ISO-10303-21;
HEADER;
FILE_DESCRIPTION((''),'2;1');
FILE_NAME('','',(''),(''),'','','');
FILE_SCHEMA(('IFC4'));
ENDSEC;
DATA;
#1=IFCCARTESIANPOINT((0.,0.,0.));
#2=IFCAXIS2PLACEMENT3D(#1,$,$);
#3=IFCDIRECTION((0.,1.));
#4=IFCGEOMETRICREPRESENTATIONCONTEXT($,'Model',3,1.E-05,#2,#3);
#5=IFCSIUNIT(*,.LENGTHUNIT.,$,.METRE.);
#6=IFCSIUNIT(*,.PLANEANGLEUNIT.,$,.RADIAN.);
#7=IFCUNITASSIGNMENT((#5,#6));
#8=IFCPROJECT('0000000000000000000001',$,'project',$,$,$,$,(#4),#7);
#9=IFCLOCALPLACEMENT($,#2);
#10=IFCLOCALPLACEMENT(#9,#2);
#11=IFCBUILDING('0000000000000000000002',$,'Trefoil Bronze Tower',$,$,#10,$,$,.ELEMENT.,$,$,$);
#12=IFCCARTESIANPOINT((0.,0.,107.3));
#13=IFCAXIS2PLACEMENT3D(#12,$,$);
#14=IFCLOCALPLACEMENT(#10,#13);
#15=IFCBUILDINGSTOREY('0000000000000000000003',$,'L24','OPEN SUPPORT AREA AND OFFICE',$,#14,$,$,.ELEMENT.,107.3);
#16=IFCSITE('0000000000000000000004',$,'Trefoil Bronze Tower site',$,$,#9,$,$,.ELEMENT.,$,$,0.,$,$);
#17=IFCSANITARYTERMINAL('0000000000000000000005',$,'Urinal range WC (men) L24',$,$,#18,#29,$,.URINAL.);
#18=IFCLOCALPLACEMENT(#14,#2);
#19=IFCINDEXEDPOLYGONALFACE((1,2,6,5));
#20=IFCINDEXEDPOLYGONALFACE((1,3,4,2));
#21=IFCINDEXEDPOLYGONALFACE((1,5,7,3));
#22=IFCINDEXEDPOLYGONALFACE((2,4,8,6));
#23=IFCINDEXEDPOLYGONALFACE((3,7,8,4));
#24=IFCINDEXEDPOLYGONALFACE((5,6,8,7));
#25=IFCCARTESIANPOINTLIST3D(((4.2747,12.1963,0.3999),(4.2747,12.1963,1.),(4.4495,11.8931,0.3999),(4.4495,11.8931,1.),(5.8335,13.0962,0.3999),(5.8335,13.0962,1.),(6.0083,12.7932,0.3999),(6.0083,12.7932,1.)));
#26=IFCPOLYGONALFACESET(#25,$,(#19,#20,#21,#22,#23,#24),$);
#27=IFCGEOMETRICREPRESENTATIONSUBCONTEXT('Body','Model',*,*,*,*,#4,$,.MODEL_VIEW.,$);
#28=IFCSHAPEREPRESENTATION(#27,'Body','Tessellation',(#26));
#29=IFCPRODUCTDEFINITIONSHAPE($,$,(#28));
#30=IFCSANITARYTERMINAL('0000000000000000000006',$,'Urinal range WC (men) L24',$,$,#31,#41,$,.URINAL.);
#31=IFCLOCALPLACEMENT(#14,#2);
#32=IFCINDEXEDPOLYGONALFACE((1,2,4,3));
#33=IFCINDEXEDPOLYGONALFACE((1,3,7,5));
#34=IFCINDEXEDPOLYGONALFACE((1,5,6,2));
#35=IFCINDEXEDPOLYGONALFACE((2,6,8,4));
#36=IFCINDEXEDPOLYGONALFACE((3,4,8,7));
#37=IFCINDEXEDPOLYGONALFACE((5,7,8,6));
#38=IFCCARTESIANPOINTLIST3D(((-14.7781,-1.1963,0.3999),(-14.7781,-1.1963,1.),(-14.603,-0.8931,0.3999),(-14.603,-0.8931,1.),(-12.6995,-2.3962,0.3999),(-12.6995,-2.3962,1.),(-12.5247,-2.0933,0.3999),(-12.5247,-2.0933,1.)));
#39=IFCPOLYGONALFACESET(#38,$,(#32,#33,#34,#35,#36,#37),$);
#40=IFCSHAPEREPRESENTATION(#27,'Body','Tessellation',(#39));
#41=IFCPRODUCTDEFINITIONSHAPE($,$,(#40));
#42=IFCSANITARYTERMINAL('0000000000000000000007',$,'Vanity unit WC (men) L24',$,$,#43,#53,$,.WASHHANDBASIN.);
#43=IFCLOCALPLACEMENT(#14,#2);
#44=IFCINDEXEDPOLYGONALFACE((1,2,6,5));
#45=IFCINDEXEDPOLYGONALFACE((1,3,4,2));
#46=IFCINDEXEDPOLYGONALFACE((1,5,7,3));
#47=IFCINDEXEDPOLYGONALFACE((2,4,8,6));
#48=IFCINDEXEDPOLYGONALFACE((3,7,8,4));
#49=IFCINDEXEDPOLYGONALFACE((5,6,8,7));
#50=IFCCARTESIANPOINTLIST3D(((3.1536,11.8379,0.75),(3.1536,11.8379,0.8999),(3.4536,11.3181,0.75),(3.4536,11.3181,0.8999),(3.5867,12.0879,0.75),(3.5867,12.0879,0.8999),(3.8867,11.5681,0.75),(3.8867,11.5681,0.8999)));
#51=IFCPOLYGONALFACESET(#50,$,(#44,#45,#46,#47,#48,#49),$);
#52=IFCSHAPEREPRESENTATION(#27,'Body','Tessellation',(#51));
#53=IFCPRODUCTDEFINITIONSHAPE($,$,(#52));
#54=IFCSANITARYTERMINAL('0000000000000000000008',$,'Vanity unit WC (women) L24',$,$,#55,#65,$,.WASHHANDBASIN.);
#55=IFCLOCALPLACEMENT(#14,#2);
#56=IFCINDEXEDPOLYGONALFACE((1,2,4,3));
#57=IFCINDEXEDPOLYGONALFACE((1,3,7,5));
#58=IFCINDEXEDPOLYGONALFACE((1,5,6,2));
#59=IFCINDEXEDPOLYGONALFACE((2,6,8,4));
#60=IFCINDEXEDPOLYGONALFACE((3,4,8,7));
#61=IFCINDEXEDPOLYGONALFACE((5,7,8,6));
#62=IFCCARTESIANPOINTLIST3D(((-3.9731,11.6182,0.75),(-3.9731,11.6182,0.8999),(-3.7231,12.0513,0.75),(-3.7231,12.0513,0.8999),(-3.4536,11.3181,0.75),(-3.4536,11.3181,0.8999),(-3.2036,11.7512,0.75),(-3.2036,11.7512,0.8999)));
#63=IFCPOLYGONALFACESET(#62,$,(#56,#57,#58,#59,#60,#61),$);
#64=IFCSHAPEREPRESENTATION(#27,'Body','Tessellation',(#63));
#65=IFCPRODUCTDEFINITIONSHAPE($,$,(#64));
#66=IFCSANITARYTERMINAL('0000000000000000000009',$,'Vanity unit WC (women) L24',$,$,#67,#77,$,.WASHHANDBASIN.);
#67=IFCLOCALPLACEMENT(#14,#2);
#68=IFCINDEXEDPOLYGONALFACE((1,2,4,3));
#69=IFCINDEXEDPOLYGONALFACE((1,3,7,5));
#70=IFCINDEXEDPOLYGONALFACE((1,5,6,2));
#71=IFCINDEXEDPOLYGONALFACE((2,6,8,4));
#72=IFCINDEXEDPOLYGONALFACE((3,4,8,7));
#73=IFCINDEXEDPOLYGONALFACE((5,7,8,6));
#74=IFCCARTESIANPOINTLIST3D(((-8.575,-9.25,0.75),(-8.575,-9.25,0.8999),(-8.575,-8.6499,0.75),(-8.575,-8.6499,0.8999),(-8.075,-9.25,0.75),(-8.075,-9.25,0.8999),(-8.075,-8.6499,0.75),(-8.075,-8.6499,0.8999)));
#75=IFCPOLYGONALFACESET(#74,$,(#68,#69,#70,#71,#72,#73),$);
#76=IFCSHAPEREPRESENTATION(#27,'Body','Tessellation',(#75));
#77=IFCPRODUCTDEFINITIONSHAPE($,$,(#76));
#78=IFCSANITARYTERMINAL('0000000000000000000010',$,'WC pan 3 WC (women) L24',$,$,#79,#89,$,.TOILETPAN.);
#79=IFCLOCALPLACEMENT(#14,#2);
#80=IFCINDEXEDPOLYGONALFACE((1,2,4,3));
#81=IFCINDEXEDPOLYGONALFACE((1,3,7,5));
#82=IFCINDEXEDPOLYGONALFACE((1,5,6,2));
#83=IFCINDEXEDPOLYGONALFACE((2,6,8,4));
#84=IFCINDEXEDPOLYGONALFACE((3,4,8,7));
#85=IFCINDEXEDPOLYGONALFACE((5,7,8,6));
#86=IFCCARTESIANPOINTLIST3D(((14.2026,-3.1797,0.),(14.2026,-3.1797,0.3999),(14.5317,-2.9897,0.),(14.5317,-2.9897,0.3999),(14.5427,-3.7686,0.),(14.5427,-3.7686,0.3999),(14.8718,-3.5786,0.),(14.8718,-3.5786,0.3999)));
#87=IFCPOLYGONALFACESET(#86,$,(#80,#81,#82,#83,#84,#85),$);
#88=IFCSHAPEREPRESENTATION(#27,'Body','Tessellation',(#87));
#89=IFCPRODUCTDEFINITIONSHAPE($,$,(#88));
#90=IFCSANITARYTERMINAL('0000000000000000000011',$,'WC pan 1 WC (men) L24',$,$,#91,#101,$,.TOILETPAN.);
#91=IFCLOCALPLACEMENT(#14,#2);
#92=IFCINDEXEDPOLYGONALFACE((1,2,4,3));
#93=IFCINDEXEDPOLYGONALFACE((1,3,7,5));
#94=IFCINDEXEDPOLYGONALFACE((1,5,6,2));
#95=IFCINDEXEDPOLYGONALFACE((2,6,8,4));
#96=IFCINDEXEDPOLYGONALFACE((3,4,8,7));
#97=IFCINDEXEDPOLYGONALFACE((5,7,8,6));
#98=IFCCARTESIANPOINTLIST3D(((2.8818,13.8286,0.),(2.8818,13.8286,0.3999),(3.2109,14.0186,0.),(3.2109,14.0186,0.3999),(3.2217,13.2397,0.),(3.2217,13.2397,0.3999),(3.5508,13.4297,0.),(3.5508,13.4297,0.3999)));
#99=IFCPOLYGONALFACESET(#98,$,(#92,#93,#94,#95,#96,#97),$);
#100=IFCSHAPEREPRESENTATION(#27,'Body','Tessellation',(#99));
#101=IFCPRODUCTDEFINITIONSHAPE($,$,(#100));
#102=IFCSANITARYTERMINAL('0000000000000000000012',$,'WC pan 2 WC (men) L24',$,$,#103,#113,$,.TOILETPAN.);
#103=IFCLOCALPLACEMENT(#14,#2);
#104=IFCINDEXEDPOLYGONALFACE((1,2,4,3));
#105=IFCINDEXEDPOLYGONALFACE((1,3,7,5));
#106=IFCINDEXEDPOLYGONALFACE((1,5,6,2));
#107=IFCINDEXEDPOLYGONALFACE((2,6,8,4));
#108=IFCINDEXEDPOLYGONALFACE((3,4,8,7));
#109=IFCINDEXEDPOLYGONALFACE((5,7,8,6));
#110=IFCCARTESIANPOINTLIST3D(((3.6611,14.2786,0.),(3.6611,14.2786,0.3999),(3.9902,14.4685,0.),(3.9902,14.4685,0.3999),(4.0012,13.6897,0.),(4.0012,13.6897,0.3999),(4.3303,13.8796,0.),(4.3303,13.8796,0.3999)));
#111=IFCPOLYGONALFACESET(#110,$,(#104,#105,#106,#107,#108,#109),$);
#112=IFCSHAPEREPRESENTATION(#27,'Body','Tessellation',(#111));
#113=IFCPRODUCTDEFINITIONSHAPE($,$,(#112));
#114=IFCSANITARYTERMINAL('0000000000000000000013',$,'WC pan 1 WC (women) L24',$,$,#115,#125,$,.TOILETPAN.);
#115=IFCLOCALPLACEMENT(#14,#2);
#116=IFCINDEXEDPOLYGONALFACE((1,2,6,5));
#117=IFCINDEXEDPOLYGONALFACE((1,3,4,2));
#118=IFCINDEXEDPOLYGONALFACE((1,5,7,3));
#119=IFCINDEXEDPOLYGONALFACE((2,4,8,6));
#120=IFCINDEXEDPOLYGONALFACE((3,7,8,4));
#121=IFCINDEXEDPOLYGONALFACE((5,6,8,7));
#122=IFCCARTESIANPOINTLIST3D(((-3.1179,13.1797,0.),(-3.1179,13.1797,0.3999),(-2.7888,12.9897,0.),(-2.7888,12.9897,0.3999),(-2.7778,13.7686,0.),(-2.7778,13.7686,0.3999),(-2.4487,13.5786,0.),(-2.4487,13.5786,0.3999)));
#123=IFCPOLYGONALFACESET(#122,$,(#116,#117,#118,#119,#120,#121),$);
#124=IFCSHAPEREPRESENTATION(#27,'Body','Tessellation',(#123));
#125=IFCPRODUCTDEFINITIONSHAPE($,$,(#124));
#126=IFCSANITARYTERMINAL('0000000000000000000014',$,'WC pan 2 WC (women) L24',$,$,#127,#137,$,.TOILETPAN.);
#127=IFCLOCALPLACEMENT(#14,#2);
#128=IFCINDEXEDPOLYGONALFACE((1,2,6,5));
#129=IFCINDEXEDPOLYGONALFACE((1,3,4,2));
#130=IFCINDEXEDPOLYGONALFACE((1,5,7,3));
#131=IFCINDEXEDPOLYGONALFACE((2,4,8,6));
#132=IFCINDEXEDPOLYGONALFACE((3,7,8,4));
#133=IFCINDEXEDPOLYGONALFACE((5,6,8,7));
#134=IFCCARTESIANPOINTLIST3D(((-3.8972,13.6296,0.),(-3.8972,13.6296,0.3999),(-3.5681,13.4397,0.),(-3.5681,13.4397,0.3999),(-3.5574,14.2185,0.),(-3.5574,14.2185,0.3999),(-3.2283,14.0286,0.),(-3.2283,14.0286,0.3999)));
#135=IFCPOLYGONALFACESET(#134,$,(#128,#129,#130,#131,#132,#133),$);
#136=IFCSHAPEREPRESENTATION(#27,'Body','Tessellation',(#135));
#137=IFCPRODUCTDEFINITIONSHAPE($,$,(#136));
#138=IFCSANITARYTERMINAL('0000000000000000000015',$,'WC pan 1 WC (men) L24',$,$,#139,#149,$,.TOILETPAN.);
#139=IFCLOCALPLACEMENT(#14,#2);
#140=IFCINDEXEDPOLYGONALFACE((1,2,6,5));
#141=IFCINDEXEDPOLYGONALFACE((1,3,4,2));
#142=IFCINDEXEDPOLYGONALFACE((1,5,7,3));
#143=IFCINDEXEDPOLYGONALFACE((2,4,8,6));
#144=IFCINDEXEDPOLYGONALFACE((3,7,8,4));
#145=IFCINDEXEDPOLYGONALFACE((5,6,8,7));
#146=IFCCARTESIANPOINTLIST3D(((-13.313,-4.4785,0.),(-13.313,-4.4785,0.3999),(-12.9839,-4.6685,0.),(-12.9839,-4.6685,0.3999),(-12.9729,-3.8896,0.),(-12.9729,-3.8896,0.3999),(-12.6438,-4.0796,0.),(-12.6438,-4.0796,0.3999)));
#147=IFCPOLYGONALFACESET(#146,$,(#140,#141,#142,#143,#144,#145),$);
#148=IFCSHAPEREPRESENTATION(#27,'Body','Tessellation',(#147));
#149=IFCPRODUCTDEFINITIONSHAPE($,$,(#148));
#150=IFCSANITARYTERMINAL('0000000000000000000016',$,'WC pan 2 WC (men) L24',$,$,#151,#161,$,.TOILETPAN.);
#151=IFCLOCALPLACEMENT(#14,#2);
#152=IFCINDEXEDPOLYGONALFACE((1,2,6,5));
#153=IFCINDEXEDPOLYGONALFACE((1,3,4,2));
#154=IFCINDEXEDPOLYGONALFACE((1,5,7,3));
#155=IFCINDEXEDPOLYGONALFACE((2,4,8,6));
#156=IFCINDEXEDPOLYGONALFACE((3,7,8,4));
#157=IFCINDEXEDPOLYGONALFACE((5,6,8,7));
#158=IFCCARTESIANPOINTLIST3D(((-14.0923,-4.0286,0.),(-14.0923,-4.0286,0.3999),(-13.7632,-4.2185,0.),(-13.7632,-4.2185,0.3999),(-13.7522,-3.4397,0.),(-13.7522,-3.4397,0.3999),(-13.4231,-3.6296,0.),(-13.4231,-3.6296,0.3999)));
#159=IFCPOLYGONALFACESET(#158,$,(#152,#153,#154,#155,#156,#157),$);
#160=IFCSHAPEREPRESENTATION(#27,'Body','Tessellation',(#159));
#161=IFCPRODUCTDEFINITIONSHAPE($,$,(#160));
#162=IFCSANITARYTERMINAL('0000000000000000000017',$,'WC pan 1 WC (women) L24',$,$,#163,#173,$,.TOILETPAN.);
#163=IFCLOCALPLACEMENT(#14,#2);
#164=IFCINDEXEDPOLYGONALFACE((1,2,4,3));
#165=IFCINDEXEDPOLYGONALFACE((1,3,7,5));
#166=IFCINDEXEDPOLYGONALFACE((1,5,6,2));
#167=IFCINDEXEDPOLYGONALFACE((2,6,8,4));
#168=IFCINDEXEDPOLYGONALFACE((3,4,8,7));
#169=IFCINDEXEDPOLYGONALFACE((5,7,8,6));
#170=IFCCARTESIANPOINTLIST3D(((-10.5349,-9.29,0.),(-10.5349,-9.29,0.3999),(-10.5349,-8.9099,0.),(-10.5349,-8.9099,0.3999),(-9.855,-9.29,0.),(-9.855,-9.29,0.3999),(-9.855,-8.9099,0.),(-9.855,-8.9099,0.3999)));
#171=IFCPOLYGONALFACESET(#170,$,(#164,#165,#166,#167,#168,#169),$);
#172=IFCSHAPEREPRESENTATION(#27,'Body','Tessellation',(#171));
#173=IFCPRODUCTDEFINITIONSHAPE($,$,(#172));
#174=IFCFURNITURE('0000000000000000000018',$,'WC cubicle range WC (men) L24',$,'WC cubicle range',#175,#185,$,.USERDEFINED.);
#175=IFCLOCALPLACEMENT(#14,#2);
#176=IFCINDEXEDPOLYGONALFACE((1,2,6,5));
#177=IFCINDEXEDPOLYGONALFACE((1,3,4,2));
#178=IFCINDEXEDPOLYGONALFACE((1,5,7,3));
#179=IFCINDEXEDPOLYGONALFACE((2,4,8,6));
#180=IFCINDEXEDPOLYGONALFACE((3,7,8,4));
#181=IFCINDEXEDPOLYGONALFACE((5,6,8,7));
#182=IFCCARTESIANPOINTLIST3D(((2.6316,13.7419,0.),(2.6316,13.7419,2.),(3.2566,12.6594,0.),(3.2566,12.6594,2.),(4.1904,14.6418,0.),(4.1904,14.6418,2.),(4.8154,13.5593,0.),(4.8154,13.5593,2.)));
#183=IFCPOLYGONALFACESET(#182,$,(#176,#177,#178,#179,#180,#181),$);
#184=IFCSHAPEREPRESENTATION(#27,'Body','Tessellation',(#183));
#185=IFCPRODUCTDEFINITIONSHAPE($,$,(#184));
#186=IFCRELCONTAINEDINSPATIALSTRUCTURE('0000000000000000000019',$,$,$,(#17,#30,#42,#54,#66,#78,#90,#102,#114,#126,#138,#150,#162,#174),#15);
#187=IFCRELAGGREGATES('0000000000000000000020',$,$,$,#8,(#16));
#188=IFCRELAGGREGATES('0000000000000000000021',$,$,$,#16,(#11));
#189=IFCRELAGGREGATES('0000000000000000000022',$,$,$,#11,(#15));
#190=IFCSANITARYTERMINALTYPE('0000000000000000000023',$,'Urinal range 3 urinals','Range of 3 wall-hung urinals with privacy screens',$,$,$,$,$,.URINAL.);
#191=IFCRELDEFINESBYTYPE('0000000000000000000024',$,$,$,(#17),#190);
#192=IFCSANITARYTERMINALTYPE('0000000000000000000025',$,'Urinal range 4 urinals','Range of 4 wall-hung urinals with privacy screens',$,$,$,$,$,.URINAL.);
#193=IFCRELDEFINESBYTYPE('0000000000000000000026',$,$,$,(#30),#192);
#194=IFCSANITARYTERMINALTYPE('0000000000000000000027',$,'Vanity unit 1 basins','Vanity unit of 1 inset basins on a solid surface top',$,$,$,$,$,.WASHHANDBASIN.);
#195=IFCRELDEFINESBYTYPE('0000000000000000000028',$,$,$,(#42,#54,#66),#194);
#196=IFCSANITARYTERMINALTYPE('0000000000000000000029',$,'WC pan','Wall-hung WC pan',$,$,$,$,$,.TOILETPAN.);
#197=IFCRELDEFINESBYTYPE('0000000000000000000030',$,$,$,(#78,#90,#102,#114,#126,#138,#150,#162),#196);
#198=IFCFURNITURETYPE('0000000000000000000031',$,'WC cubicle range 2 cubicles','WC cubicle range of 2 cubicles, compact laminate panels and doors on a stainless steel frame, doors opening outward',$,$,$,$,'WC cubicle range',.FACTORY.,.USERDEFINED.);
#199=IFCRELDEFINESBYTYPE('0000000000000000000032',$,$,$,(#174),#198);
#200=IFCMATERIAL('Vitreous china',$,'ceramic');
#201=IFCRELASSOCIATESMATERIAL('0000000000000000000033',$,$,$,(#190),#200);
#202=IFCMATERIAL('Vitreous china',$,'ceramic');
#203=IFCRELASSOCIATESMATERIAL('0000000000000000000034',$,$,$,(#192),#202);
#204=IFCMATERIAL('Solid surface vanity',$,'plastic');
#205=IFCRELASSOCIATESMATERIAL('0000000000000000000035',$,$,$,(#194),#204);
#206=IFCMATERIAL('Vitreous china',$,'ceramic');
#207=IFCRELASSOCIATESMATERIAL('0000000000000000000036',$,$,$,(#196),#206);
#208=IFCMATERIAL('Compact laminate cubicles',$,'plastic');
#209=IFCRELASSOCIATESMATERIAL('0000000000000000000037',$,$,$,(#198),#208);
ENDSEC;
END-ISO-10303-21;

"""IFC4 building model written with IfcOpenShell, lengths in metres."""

from ifc_helpers import new_model, si_unit, direction, frame, origin, place, context, subcontext, project, spatial, polyline, outline, extrude, material, type_object, element, save


model = new_model("IFC4")

# Units and contexts
model_context = context("Model", 3, precision=1e-05, world=origin(), true_north=direction((0.0, 1.0)))
body_context = subcontext(model_context, "Body", "Model", "MODEL_VIEW")
ifc_project = project(units=[si_unit("LENGTHUNIT", "METRE"), si_unit("PLANEANGLEUNIT", "RADIAN")], contexts=[model_context])

# Site, building, storey
site_placement = place(None, origin())
site = spatial("IfcSite", under=ifc_project, at=site_placement, Name="Trefoil Bronze Tower site", CompositionType="ELEMENT", RefElevation=0.0)
building_placement = place(site_placement, origin())
building = spatial("IfcBuilding", under=site, at=building_placement, Name="Trefoil Bronze Tower", CompositionType="ELEMENT")
storey_placement = place(building_placement, frame((0.0, 0.0, 107.3)))
storey = spatial("IfcBuildingStorey", under=building, at=storey_placement, Name="L24", Description="OPEN SUPPORT AREA AND OFFICE", CompositionType="ELEMENT", Elevation=107.3)

# Sanitary terminals
ifc_material_1 = material(Name="Vitreous china", Category="ceramic")
sanitary_terminal_type_1 = type_object("IfcSanitaryTerminalType", Name="Urinal range 3 urinals", Description="Range of 3 wall-hung urinals with privacy screens", PredefinedType="URINAL", material=ifc_material_1)
sanitary_terminal_1_placement = place(storey_placement, frame((0.0, 0.0, 0.3999)))
element("IfcSanitaryTerminal", 1, at=sanitary_terminal_1_placement, inside=storey, type_object=sanitary_terminal_type_1, Name="Urinal range WC (men) L24", PredefinedType="URINAL", context=body_context, shape_type="SweptSolid", body=[
    extrude(outline(polyline([(4.4495, 11.8931), (4.2747, 12.1963), (5.8335, 13.0962), (6.0083, 12.7932), (4.4495, 11.8931)])), origin(), (0.0, 0.0, 1.0), 0.6001),
])
ifc_material_2 = material(Name="Vitreous china", Category="ceramic")
sanitary_terminal_type_2 = type_object("IfcSanitaryTerminalType", Name="Urinal range 4 urinals", Description="Range of 4 wall-hung urinals with privacy screens", PredefinedType="URINAL", material=ifc_material_2)
sanitary_terminal_2_placement = place(storey_placement, frame((0.0, 0.0, 0.3999)))
element("IfcSanitaryTerminal", 2, at=sanitary_terminal_2_placement, inside=storey, type_object=sanitary_terminal_type_2, Name="Urinal range WC (men) L24", PredefinedType="URINAL", context=body_context, shape_type="SweptSolid", body=[
    extrude(outline(polyline([(-12.5247, -2.0933), (-12.6995, -2.3962), (-14.7781, -1.1963), (-14.603, -0.8931), (-12.5247, -2.0933)])), origin(), (0.0, 0.0, 1.0), 0.6001),
])
ifc_material_3 = material(Name="Solid surface vanity", Category="plastic")
sanitary_terminal_type_3 = type_object("IfcSanitaryTerminalType", Name="Vanity unit 1 basins", Description="Vanity unit of 1 inset basins on a solid surface top", PredefinedType="WASHHANDBASIN", material=ifc_material_3)
sanitary_terminal_3_placement = place(storey_placement, frame((0.0, 0.0, 0.75)))
element("IfcSanitaryTerminal", 3, at=sanitary_terminal_3_placement, inside=storey, type_object=sanitary_terminal_type_3, Name="Vanity unit WC (men) L24", PredefinedType="WASHHANDBASIN", context=body_context, shape_type="SweptSolid", body=[
    extrude(outline(polyline([(3.4536, 11.3181), (3.1536, 11.8379), (3.5867, 12.0879), (3.8867, 11.5681), (3.4536, 11.3181)])), origin(), (0.0, 0.0, 1.0), 0.1499),
])
sanitary_terminal_4_placement = place(storey_placement, frame((0.0, 0.0, 0.75)))
element("IfcSanitaryTerminal", 4, at=sanitary_terminal_4_placement, inside=storey, type_object=sanitary_terminal_type_3, Name="Vanity unit WC (women) L24", PredefinedType="WASHHANDBASIN", context=body_context, shape_type="SweptSolid", body=[
    extrude(outline(polyline([(-3.4536, 11.3181), (-3.2036, 11.7512), (-3.7231, 12.0513), (-3.9731, 11.6182), (-3.4536, 11.3181)])), origin(), (0.0, 0.0, 1.0), 0.1499),
])
sanitary_terminal_5_placement = place(storey_placement, frame((0.0, 0.0, 0.75)))
element("IfcSanitaryTerminal", 5, at=sanitary_terminal_5_placement, inside=storey, type_object=sanitary_terminal_type_3, Name="Vanity unit WC (women) L24", PredefinedType="WASHHANDBASIN", context=body_context, shape_type="SweptSolid", body=[
    extrude(outline(polyline([(-8.075, -8.6499), (-8.575, -8.6499), (-8.575, -9.25), (-8.075, -9.25), (-8.075, -8.6499)])), origin(), (0.0, 0.0, 1.0), 0.1499),
])
ifc_material_4 = material(Name="Vitreous china", Category="ceramic")
sanitary_terminal_type_4 = type_object("IfcSanitaryTerminalType", Name="WC pan", Description="Wall-hung WC pan", PredefinedType="TOILETPAN", material=ifc_material_4)
sanitary_terminal_6_placement = place(storey_placement, origin())
element("IfcSanitaryTerminal", 6, at=sanitary_terminal_6_placement, inside=storey, type_object=sanitary_terminal_type_4, Name="WC pan 3 WC (women) L24", PredefinedType="TOILETPAN", context=body_context, shape_type="SweptSolid", body=[
    extrude(outline(polyline([(14.2026, -3.1797), (14.5427, -3.7686), (14.8718, -3.5786), (14.5317, -2.9897), (14.2026, -3.1797)])), origin(), (0.0, 0.0, 1.0), 0.3999),
])
sanitary_terminal_7_placement = place(storey_placement, origin())
element("IfcSanitaryTerminal", 7, at=sanitary_terminal_7_placement, inside=storey, type_object=sanitary_terminal_type_4, Name="WC pan 1 WC (men) L24", PredefinedType="TOILETPAN", context=body_context, shape_type="SweptSolid", body=[
    extrude(outline(polyline([(3.2217, 13.2397), (2.8818, 13.8286), (3.2109, 14.0186), (3.5508, 13.4297), (3.2217, 13.2397)])), origin(), (0.0, 0.0, 1.0), 0.3999),
])
sanitary_terminal_8_placement = place(storey_placement, origin())
element("IfcSanitaryTerminal", 8, at=sanitary_terminal_8_placement, inside=storey, type_object=sanitary_terminal_type_4, Name="WC pan 2 WC (men) L24", PredefinedType="TOILETPAN", context=body_context, shape_type="SweptSolid", body=[
    extrude(outline(polyline([(4.0012, 13.6897), (3.6611, 14.2786), (3.9902, 14.4685), (4.3303, 13.8796), (4.0012, 13.6897)])), origin(), (0.0, 0.0, 1.0), 0.3999),
])
sanitary_terminal_9_placement = place(storey_placement, origin())
element("IfcSanitaryTerminal", 9, at=sanitary_terminal_9_placement, inside=storey, type_object=sanitary_terminal_type_4, Name="WC pan 1 WC (women) L24", PredefinedType="TOILETPAN", context=body_context, shape_type="SweptSolid", body=[
    extrude(outline(polyline([(-2.7888, 12.9897), (-2.4487, 13.5786), (-2.7778, 13.7686), (-3.1179, 13.1797), (-2.7888, 12.9897)])), origin(), (0.0, 0.0, 1.0), 0.3999),
])
sanitary_terminal_10_placement = place(storey_placement, origin())
element("IfcSanitaryTerminal", 10, at=sanitary_terminal_10_placement, inside=storey, type_object=sanitary_terminal_type_4, Name="WC pan 2 WC (women) L24", PredefinedType="TOILETPAN", context=body_context, shape_type="SweptSolid", body=[
    extrude(outline(polyline([(-3.5681, 13.4397), (-3.2283, 14.0286), (-3.5574, 14.2185), (-3.8972, 13.6296), (-3.5681, 13.4397)])), origin(), (0.0, 0.0, 1.0), 0.3999),
])
sanitary_terminal_11_placement = place(storey_placement, origin())
element("IfcSanitaryTerminal", 11, at=sanitary_terminal_11_placement, inside=storey, type_object=sanitary_terminal_type_4, Name="WC pan 1 WC (men) L24", PredefinedType="TOILETPAN", context=body_context, shape_type="SweptSolid", body=[
    extrude(outline(polyline([(-12.6438, -4.0796), (-12.9839, -4.6685), (-13.313, -4.4785), (-12.9729, -3.8896), (-12.6438, -4.0796)])), origin(), (0.0, 0.0, 1.0), 0.3999),
])
sanitary_terminal_12_placement = place(storey_placement, origin())
element("IfcSanitaryTerminal", 12, at=sanitary_terminal_12_placement, inside=storey, type_object=sanitary_terminal_type_4, Name="WC pan 2 WC (men) L24", PredefinedType="TOILETPAN", context=body_context, shape_type="SweptSolid", body=[
    extrude(outline(polyline([(-13.4231, -3.6296), (-13.7632, -4.2185), (-14.0923, -4.0286), (-13.7522, -3.4397), (-13.4231, -3.6296)])), origin(), (0.0, 0.0, 1.0), 0.3999),
])
sanitary_terminal_13_placement = place(storey_placement, origin())
element("IfcSanitaryTerminal", 13, at=sanitary_terminal_13_placement, inside=storey, type_object=sanitary_terminal_type_4, Name="WC pan 1 WC (women) L24", PredefinedType="TOILETPAN", context=body_context, shape_type="SweptSolid", body=[
    extrude(outline(polyline([(-9.855, -8.9099), (-10.5349, -8.9099), (-10.5349, -9.29), (-9.855, -9.29), (-9.855, -8.9099)])), origin(), (0.0, 0.0, 1.0), 0.3999),
])

# Furniture
ifc_material_5 = material(Name="Compact laminate cubicles", Category="plastic")
furniture_type_1 = type_object("IfcFurnitureType", Name="WC cubicle range 2 cubicles", Description="WC cubicle range of 2 cubicles, compact laminate panels and doors on a stainless steel frame, doors opening outward", ElementType="WC cubicle range", AssemblyPlace="FACTORY", PredefinedType="USERDEFINED", material=ifc_material_5)
furniture_1_placement = place(storey_placement, origin())
element("IfcFurniture", 14, at=furniture_1_placement, inside=storey, type_object=furniture_type_1, Name="WC cubicle range WC (men) L24", ObjectType="WC cubicle range", PredefinedType="USERDEFINED", context=body_context, shape_type="SweptSolid", body=[
    extrude(outline(polyline([(3.2566, 12.6594), (2.6316, 13.7419), (4.1904, 14.6418), (4.8154, 13.5593), (3.2566, 12.6594)])), origin(), (0.0, 0.0, 1.0), 2.0),
])

save(model, "model.ifc")
